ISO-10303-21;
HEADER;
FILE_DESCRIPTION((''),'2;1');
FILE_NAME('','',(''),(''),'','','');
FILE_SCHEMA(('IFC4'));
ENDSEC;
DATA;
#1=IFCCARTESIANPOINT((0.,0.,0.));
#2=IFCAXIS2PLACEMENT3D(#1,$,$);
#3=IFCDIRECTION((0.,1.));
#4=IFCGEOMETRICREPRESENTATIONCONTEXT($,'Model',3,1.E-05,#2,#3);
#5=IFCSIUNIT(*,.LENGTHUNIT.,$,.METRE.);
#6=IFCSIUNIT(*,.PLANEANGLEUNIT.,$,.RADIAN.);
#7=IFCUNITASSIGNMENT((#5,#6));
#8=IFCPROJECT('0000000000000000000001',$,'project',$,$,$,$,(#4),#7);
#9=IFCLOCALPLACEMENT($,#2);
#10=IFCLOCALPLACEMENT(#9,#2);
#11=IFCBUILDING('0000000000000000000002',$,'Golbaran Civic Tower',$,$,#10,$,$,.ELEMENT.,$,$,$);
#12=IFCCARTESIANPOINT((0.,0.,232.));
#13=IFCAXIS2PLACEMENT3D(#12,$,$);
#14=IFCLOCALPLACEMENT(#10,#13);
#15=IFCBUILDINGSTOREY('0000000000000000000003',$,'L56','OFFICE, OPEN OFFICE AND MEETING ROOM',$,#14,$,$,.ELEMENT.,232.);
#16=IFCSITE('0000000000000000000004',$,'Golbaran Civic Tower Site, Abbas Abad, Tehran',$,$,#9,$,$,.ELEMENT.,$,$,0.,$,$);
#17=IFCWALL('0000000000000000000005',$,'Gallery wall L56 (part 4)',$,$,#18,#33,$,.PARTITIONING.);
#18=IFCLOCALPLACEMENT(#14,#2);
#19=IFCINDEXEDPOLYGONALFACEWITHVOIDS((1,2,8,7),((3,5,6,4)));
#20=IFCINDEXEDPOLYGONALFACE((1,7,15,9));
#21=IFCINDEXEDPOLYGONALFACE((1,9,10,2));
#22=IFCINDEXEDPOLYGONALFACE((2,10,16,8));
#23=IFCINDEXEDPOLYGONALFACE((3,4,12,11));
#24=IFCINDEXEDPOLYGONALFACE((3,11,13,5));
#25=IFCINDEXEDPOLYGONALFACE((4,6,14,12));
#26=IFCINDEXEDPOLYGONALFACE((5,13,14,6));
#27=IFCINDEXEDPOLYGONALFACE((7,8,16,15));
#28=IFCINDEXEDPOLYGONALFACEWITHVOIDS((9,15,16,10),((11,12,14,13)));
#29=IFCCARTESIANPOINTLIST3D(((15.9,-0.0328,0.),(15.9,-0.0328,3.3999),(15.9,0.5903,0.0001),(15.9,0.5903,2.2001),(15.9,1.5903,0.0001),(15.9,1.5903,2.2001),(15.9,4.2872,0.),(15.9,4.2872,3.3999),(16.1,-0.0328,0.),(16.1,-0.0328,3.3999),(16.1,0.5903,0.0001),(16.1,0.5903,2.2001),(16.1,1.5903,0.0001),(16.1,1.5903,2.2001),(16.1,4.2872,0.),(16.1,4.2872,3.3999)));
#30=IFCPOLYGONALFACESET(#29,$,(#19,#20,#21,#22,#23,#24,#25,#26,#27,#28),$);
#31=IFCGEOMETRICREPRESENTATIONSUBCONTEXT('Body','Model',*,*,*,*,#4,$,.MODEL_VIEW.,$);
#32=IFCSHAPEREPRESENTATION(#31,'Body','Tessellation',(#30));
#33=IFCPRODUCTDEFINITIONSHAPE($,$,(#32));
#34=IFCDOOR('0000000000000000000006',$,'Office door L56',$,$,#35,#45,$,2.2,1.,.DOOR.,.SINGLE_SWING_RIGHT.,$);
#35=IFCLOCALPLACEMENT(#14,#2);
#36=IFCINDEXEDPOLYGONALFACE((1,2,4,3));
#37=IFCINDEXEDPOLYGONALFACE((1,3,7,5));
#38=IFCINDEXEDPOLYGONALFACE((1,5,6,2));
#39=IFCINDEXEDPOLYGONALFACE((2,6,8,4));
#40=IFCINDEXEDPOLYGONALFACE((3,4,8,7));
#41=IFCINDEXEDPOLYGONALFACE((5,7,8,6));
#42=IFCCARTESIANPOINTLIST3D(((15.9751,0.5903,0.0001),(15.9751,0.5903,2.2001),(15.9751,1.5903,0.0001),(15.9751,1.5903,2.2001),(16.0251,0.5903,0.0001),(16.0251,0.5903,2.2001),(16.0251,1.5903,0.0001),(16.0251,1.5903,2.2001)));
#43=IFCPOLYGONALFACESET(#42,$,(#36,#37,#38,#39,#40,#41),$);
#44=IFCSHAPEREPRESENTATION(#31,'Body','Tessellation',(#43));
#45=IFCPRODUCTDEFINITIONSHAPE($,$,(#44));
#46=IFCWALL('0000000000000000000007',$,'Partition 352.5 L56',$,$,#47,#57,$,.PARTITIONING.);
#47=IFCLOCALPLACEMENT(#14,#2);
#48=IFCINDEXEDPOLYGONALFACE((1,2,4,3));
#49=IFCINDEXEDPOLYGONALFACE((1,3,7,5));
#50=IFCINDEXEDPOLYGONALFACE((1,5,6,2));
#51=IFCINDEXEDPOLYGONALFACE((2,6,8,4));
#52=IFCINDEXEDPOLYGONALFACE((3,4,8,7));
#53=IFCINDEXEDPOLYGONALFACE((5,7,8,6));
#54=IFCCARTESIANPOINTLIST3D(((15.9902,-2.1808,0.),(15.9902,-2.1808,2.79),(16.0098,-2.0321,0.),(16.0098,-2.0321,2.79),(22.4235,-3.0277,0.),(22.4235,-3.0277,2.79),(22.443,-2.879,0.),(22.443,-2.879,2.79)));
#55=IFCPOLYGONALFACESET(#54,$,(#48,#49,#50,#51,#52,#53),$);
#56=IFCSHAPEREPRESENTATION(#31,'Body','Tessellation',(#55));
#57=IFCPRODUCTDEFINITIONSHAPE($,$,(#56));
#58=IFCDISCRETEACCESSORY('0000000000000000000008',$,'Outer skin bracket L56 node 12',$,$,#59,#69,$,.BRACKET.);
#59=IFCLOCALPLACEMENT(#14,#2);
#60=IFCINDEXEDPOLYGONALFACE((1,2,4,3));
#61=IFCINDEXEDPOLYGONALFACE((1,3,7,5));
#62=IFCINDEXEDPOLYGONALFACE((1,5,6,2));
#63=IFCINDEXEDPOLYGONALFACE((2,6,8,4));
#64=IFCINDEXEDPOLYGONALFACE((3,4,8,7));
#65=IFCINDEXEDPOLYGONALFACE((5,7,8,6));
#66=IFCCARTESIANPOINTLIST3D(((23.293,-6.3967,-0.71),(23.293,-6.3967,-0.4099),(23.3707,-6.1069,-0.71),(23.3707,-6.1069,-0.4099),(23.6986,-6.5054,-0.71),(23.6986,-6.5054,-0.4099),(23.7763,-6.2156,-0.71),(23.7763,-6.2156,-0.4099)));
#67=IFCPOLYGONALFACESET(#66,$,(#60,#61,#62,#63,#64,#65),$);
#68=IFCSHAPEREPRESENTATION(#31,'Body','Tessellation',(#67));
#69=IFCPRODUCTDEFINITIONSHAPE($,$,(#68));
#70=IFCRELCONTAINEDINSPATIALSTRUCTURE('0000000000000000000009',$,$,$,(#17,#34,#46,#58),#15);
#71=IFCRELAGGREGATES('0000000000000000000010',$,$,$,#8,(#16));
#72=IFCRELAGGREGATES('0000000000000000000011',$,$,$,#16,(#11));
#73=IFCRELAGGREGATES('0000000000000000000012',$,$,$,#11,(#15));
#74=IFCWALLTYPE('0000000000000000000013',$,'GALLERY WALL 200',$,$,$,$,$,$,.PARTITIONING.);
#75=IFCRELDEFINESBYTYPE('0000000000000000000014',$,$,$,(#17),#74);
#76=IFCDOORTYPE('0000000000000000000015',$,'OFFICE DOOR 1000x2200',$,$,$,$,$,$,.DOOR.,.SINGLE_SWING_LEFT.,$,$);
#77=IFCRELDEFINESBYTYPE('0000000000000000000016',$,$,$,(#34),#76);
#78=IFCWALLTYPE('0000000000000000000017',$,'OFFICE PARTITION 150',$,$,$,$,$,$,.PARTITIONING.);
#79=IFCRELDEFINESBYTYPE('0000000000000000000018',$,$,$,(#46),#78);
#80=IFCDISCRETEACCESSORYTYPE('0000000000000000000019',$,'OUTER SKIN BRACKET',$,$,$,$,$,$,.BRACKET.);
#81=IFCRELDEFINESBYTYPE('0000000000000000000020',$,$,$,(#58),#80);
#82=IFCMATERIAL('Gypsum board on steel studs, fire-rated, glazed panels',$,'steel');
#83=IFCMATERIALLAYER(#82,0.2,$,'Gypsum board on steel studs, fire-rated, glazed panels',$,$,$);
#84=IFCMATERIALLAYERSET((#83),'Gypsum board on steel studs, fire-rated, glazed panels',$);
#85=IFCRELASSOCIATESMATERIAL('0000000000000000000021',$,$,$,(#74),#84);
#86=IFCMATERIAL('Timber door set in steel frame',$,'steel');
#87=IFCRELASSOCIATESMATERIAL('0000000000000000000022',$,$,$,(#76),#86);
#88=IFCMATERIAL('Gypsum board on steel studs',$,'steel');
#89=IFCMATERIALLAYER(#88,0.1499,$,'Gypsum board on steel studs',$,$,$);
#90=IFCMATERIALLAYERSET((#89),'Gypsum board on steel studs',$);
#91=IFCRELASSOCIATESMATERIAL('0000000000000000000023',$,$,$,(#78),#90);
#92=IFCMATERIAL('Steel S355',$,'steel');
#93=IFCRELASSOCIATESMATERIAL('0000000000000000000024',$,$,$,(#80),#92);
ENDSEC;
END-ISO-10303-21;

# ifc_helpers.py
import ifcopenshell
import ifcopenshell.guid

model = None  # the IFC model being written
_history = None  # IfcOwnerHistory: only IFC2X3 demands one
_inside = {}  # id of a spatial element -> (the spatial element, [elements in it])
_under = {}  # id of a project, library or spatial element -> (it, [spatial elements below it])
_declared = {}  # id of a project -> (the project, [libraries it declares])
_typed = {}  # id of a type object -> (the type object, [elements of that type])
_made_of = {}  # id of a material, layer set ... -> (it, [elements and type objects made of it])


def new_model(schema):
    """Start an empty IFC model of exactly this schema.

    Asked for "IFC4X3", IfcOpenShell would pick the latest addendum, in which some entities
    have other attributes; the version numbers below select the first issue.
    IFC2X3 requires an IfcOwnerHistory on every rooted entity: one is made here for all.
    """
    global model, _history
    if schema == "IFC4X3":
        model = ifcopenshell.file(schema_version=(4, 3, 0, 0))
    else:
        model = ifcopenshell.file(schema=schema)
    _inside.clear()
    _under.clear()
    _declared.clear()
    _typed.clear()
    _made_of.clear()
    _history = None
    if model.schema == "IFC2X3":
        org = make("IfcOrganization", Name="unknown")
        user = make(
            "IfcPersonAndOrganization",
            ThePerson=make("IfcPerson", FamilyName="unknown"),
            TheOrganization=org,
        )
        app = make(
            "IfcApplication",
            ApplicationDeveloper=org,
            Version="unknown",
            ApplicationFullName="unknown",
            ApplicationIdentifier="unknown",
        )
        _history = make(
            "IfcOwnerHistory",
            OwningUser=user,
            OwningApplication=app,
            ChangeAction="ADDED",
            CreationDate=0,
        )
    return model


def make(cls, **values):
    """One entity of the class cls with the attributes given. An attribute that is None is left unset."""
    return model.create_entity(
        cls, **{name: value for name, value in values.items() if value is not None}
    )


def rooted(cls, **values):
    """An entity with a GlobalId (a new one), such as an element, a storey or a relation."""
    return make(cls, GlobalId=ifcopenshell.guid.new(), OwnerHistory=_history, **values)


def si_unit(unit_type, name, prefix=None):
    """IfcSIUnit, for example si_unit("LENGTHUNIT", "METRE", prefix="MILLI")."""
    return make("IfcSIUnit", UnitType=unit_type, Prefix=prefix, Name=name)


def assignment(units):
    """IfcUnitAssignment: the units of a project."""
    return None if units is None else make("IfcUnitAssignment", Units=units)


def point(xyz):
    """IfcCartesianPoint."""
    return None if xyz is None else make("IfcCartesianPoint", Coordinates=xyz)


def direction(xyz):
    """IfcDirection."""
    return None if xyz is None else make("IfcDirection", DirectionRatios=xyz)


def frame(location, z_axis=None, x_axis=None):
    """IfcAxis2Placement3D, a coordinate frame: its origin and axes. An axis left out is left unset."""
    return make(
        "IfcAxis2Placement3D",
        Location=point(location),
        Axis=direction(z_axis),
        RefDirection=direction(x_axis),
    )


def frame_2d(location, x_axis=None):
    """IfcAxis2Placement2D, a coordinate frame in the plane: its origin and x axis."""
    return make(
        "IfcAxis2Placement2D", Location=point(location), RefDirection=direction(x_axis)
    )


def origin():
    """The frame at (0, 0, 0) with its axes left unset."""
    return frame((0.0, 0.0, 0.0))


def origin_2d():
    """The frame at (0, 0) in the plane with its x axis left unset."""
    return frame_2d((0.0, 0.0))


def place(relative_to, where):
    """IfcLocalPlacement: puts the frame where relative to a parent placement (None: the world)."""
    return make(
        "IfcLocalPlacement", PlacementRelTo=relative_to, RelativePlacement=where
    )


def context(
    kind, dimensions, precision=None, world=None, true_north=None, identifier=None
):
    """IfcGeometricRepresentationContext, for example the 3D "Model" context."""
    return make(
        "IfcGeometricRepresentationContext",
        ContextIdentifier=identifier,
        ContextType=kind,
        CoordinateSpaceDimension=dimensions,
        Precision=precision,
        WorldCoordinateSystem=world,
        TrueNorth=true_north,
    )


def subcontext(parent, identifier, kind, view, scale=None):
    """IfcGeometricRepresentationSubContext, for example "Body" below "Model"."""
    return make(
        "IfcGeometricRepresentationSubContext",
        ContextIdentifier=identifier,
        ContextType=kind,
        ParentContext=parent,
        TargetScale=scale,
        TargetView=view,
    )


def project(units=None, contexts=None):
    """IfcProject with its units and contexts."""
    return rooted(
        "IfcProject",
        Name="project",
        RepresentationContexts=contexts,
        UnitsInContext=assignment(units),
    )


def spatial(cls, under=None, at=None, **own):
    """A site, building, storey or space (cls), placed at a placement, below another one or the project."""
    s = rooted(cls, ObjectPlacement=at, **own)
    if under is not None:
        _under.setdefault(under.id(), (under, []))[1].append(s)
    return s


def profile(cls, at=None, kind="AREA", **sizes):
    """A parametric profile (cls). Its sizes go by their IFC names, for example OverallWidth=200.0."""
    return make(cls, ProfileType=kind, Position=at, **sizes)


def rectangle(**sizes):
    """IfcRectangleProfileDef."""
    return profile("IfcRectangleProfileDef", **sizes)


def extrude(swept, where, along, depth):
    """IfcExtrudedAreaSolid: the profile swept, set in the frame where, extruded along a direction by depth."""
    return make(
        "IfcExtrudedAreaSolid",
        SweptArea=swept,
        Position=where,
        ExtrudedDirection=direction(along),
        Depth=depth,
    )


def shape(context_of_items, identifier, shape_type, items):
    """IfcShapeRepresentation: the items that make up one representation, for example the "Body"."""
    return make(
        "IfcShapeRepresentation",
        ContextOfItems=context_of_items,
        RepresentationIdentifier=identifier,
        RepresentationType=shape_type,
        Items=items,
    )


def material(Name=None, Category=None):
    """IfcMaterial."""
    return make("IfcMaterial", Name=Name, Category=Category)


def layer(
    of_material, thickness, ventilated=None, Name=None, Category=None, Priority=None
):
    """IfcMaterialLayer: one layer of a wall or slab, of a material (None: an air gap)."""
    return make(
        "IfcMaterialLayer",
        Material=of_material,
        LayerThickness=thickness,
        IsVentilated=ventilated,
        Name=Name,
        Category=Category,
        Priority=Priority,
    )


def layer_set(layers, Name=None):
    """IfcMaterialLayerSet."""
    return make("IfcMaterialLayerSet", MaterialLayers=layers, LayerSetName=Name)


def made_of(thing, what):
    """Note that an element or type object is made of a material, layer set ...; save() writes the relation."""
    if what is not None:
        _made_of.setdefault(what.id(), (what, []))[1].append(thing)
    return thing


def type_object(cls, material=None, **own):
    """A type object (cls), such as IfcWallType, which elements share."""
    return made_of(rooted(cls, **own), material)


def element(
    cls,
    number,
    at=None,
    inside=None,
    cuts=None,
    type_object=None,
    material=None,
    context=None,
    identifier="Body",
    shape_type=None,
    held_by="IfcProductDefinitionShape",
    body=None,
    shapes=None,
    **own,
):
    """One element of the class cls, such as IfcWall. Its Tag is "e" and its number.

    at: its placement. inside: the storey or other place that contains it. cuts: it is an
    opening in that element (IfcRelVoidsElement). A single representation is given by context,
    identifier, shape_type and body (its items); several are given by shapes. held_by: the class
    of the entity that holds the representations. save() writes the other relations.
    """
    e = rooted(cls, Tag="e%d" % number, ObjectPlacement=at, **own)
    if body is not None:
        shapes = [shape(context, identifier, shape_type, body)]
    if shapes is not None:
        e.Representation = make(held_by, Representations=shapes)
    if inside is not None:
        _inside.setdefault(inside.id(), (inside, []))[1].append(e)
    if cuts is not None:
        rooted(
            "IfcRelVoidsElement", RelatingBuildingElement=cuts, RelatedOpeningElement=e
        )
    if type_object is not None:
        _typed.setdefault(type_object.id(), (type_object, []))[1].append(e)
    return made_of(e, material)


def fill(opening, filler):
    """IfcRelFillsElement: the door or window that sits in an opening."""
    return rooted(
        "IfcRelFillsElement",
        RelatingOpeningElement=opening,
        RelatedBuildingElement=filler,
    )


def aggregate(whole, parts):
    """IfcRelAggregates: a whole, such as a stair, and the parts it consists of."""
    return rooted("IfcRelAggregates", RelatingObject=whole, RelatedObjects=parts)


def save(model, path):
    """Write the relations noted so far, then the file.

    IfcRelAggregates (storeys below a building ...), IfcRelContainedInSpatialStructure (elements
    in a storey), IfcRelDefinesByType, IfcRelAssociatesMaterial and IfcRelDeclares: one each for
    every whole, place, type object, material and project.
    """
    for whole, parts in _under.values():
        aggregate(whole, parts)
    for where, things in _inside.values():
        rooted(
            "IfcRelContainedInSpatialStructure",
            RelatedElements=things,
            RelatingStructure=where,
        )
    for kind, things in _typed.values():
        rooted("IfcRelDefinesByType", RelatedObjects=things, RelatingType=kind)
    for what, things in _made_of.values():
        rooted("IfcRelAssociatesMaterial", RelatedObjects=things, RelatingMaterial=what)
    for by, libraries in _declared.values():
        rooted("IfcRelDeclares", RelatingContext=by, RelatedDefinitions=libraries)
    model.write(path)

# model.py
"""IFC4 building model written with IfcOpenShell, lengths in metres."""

from ifc_helpers import new_model, si_unit, direction, frame, frame_2d, origin, origin_2d, place, context, subcontext, project, spatial, rectangle, extrude, material, layer, layer_set, type_object, element, fill, save


model = new_model("IFC4")

# Units and contexts
model_context = context("Model", 3, precision=1e-05, world=origin(), true_north=direction((0.0, 1.0)))
body_context = subcontext(model_context, "Body", "Model", "MODEL_VIEW")
ifc_project = project(units=[si_unit("LENGTHUNIT", "METRE"), si_unit("PLANEANGLEUNIT", "RADIAN")], contexts=[model_context])

# Site, building, storey
site_placement = place(None, origin())
site = spatial("IfcSite", under=ifc_project, at=site_placement, Name="Golbaran Civic Tower Site, Abbas Abad, Tehran", CompositionType="ELEMENT", RefElevation=0.0)
building_placement = place(site_placement, origin())
building = spatial("IfcBuilding", under=site, at=building_placement, Name="Golbaran Civic Tower", CompositionType="ELEMENT")
storey_placement = place(building_placement, frame((0.0, 0.0, 232.0)))
storey = spatial("IfcBuildingStorey", under=building, at=storey_placement, Name="L56", Description="OFFICE, OPEN OFFICE AND MEETING ROOM", CompositionType="ELEMENT", Elevation=232.0)

# Shared definitions
ifc_material_1 = material(Name="Steel S355", Category="steel")

# Shared definitions
ifc_material_2 = material(Name="Gypsum board on steel studs, fire-rated, glazed panels", Category="steel")
ifc_layer_1 = layer(ifc_material_2, 0.2, Name="Gypsum board on steel studs, fire-rated, glazed panels")
ifc_layer_set_1 = layer_set([ifc_layer_1], Name="Gypsum board on steel studs, fire-rated, glazed panels")
wall_type_1 = type_object("IfcWallType", Name="GALLERY WALL 200", PredefinedType="PARTITIONING", material=ifc_layer_set_1)

# Wall, opening, door
wall_1_placement = place(storey_placement, frame((16.0, -0.033, 0.0), z_axis=(0.0, 0.0, 1.0), x_axis=(0.0, 1.0, 0.0)))
wall_1 = element("IfcWall", 1, at=wall_1_placement, inside=storey, type_object=wall_type_1, Name="Gallery wall L56 (part 4)", PredefinedType="PARTITIONING", context=body_context, shape_type="SweptSolid", body=[
    extrude(rectangle(XDim=4.3201, YDim=0.2, at=frame_2d((2.1602, 0.0))), origin(), (0.0, 0.0, 1.0), 3.3999),
])
opening_placement = place(wall_1_placement, frame((0.6233, 0.0, 0.0)))
opening = element("IfcOpeningElement", 2, at=opening_placement, cuts=wall_1, PredefinedType="OPENING", context=body_context, shape_type="SweptSolid", body=[
    extrude(rectangle(XDim=1.0, YDim=2.2, at=frame_2d((0.5, 1.1001))), frame((0.0, 0.1099, 0.0), z_axis=(0.0, -1.0, 0.0), x_axis=(1.0, 0.0, 0.0)), (0.0, 0.0, 1.0), 0.22),
])
ifc_material_3 = material(Name="Timber door set in steel frame", Category="steel")
door_type = type_object("IfcDoorType", Name="OFFICE DOOR 1000x2200", OperationType="SINGLE_SWING_LEFT", PredefinedType="DOOR", material=ifc_material_3)
door_placement = place(opening_placement, origin())
door = element("IfcDoor", 3, at=door_placement, inside=storey, type_object=door_type, Name="Office door L56", OperationType="SINGLE_SWING_RIGHT", OverallHeight=2.2, OverallWidth=1.0, PredefinedType="DOOR", context=body_context, shape_type="SweptSolid", body=[
    extrude(rectangle(XDim=1.0, YDim=2.2, at=frame_2d((0.5, 1.1001))), frame((0.0, 0.0249, 0.0), z_axis=(0.0, -1.0, 0.0), x_axis=(1.0, 0.0, 0.0)), (0.0, 0.0, 1.0), 0.05),
])
fill(opening, door)

# Wall
ifc_material_4 = material(Name="Gypsum board on steel studs", Category="steel")
ifc_layer_2 = layer(ifc_material_4, 0.1499, Name="Gypsum board on steel studs")
ifc_layer_set_2 = layer_set([ifc_layer_2], Name="Gypsum board on steel studs")
wall_type_2 = type_object("IfcWallType", Name="OFFICE PARTITION 150", PredefinedType="PARTITIONING", material=ifc_layer_set_2)
wall_2_placement = place(storey_placement, frame((16.0, -2.1064, 0.0), z_axis=(0.0, 0.0, 1.0), x_axis=(0.991446, -0.13052, 0.0)))
element("IfcWall", 4, at=wall_2_placement, inside=storey, type_object=wall_type_2, Name="Partition 352.5 L56", PredefinedType="PARTITIONING", context=body_context, shape_type="SweptSolid", body=[
    extrude(rectangle(XDim=6.4888, YDim=0.1499, at=frame_2d((3.2444, 0.0))), origin(), (0.0, 0.0, 1.0), 2.79),
])

# Discrete accessory
discrete_accessory_type = type_object("IfcDiscreteAccessoryType", Name="OUTER SKIN BRACKET", PredefinedType="BRACKET", material=ifc_material_1)
discrete_accessory_placement = place(storey_placement, frame((23.5347, -6.3062, -0.71), z_axis=(0.0, 0.0, 1.0), x_axis=(0.965926, -0.258819, 0.0)))
element("IfcDiscreteAccessory", 5, at=discrete_accessory_placement, inside=storey, type_object=discrete_accessory_type, Name="Outer skin bracket L56 node 12", PredefinedType="BRACKET", context=body_context, shape_type="SweptSolid", body=[
    extrude(rectangle(XDim=0.4199, YDim=0.3, at=origin_2d()), origin(), (0.0, 0.0, 1.0), 0.3),
])

save(model, "model.ifc")
